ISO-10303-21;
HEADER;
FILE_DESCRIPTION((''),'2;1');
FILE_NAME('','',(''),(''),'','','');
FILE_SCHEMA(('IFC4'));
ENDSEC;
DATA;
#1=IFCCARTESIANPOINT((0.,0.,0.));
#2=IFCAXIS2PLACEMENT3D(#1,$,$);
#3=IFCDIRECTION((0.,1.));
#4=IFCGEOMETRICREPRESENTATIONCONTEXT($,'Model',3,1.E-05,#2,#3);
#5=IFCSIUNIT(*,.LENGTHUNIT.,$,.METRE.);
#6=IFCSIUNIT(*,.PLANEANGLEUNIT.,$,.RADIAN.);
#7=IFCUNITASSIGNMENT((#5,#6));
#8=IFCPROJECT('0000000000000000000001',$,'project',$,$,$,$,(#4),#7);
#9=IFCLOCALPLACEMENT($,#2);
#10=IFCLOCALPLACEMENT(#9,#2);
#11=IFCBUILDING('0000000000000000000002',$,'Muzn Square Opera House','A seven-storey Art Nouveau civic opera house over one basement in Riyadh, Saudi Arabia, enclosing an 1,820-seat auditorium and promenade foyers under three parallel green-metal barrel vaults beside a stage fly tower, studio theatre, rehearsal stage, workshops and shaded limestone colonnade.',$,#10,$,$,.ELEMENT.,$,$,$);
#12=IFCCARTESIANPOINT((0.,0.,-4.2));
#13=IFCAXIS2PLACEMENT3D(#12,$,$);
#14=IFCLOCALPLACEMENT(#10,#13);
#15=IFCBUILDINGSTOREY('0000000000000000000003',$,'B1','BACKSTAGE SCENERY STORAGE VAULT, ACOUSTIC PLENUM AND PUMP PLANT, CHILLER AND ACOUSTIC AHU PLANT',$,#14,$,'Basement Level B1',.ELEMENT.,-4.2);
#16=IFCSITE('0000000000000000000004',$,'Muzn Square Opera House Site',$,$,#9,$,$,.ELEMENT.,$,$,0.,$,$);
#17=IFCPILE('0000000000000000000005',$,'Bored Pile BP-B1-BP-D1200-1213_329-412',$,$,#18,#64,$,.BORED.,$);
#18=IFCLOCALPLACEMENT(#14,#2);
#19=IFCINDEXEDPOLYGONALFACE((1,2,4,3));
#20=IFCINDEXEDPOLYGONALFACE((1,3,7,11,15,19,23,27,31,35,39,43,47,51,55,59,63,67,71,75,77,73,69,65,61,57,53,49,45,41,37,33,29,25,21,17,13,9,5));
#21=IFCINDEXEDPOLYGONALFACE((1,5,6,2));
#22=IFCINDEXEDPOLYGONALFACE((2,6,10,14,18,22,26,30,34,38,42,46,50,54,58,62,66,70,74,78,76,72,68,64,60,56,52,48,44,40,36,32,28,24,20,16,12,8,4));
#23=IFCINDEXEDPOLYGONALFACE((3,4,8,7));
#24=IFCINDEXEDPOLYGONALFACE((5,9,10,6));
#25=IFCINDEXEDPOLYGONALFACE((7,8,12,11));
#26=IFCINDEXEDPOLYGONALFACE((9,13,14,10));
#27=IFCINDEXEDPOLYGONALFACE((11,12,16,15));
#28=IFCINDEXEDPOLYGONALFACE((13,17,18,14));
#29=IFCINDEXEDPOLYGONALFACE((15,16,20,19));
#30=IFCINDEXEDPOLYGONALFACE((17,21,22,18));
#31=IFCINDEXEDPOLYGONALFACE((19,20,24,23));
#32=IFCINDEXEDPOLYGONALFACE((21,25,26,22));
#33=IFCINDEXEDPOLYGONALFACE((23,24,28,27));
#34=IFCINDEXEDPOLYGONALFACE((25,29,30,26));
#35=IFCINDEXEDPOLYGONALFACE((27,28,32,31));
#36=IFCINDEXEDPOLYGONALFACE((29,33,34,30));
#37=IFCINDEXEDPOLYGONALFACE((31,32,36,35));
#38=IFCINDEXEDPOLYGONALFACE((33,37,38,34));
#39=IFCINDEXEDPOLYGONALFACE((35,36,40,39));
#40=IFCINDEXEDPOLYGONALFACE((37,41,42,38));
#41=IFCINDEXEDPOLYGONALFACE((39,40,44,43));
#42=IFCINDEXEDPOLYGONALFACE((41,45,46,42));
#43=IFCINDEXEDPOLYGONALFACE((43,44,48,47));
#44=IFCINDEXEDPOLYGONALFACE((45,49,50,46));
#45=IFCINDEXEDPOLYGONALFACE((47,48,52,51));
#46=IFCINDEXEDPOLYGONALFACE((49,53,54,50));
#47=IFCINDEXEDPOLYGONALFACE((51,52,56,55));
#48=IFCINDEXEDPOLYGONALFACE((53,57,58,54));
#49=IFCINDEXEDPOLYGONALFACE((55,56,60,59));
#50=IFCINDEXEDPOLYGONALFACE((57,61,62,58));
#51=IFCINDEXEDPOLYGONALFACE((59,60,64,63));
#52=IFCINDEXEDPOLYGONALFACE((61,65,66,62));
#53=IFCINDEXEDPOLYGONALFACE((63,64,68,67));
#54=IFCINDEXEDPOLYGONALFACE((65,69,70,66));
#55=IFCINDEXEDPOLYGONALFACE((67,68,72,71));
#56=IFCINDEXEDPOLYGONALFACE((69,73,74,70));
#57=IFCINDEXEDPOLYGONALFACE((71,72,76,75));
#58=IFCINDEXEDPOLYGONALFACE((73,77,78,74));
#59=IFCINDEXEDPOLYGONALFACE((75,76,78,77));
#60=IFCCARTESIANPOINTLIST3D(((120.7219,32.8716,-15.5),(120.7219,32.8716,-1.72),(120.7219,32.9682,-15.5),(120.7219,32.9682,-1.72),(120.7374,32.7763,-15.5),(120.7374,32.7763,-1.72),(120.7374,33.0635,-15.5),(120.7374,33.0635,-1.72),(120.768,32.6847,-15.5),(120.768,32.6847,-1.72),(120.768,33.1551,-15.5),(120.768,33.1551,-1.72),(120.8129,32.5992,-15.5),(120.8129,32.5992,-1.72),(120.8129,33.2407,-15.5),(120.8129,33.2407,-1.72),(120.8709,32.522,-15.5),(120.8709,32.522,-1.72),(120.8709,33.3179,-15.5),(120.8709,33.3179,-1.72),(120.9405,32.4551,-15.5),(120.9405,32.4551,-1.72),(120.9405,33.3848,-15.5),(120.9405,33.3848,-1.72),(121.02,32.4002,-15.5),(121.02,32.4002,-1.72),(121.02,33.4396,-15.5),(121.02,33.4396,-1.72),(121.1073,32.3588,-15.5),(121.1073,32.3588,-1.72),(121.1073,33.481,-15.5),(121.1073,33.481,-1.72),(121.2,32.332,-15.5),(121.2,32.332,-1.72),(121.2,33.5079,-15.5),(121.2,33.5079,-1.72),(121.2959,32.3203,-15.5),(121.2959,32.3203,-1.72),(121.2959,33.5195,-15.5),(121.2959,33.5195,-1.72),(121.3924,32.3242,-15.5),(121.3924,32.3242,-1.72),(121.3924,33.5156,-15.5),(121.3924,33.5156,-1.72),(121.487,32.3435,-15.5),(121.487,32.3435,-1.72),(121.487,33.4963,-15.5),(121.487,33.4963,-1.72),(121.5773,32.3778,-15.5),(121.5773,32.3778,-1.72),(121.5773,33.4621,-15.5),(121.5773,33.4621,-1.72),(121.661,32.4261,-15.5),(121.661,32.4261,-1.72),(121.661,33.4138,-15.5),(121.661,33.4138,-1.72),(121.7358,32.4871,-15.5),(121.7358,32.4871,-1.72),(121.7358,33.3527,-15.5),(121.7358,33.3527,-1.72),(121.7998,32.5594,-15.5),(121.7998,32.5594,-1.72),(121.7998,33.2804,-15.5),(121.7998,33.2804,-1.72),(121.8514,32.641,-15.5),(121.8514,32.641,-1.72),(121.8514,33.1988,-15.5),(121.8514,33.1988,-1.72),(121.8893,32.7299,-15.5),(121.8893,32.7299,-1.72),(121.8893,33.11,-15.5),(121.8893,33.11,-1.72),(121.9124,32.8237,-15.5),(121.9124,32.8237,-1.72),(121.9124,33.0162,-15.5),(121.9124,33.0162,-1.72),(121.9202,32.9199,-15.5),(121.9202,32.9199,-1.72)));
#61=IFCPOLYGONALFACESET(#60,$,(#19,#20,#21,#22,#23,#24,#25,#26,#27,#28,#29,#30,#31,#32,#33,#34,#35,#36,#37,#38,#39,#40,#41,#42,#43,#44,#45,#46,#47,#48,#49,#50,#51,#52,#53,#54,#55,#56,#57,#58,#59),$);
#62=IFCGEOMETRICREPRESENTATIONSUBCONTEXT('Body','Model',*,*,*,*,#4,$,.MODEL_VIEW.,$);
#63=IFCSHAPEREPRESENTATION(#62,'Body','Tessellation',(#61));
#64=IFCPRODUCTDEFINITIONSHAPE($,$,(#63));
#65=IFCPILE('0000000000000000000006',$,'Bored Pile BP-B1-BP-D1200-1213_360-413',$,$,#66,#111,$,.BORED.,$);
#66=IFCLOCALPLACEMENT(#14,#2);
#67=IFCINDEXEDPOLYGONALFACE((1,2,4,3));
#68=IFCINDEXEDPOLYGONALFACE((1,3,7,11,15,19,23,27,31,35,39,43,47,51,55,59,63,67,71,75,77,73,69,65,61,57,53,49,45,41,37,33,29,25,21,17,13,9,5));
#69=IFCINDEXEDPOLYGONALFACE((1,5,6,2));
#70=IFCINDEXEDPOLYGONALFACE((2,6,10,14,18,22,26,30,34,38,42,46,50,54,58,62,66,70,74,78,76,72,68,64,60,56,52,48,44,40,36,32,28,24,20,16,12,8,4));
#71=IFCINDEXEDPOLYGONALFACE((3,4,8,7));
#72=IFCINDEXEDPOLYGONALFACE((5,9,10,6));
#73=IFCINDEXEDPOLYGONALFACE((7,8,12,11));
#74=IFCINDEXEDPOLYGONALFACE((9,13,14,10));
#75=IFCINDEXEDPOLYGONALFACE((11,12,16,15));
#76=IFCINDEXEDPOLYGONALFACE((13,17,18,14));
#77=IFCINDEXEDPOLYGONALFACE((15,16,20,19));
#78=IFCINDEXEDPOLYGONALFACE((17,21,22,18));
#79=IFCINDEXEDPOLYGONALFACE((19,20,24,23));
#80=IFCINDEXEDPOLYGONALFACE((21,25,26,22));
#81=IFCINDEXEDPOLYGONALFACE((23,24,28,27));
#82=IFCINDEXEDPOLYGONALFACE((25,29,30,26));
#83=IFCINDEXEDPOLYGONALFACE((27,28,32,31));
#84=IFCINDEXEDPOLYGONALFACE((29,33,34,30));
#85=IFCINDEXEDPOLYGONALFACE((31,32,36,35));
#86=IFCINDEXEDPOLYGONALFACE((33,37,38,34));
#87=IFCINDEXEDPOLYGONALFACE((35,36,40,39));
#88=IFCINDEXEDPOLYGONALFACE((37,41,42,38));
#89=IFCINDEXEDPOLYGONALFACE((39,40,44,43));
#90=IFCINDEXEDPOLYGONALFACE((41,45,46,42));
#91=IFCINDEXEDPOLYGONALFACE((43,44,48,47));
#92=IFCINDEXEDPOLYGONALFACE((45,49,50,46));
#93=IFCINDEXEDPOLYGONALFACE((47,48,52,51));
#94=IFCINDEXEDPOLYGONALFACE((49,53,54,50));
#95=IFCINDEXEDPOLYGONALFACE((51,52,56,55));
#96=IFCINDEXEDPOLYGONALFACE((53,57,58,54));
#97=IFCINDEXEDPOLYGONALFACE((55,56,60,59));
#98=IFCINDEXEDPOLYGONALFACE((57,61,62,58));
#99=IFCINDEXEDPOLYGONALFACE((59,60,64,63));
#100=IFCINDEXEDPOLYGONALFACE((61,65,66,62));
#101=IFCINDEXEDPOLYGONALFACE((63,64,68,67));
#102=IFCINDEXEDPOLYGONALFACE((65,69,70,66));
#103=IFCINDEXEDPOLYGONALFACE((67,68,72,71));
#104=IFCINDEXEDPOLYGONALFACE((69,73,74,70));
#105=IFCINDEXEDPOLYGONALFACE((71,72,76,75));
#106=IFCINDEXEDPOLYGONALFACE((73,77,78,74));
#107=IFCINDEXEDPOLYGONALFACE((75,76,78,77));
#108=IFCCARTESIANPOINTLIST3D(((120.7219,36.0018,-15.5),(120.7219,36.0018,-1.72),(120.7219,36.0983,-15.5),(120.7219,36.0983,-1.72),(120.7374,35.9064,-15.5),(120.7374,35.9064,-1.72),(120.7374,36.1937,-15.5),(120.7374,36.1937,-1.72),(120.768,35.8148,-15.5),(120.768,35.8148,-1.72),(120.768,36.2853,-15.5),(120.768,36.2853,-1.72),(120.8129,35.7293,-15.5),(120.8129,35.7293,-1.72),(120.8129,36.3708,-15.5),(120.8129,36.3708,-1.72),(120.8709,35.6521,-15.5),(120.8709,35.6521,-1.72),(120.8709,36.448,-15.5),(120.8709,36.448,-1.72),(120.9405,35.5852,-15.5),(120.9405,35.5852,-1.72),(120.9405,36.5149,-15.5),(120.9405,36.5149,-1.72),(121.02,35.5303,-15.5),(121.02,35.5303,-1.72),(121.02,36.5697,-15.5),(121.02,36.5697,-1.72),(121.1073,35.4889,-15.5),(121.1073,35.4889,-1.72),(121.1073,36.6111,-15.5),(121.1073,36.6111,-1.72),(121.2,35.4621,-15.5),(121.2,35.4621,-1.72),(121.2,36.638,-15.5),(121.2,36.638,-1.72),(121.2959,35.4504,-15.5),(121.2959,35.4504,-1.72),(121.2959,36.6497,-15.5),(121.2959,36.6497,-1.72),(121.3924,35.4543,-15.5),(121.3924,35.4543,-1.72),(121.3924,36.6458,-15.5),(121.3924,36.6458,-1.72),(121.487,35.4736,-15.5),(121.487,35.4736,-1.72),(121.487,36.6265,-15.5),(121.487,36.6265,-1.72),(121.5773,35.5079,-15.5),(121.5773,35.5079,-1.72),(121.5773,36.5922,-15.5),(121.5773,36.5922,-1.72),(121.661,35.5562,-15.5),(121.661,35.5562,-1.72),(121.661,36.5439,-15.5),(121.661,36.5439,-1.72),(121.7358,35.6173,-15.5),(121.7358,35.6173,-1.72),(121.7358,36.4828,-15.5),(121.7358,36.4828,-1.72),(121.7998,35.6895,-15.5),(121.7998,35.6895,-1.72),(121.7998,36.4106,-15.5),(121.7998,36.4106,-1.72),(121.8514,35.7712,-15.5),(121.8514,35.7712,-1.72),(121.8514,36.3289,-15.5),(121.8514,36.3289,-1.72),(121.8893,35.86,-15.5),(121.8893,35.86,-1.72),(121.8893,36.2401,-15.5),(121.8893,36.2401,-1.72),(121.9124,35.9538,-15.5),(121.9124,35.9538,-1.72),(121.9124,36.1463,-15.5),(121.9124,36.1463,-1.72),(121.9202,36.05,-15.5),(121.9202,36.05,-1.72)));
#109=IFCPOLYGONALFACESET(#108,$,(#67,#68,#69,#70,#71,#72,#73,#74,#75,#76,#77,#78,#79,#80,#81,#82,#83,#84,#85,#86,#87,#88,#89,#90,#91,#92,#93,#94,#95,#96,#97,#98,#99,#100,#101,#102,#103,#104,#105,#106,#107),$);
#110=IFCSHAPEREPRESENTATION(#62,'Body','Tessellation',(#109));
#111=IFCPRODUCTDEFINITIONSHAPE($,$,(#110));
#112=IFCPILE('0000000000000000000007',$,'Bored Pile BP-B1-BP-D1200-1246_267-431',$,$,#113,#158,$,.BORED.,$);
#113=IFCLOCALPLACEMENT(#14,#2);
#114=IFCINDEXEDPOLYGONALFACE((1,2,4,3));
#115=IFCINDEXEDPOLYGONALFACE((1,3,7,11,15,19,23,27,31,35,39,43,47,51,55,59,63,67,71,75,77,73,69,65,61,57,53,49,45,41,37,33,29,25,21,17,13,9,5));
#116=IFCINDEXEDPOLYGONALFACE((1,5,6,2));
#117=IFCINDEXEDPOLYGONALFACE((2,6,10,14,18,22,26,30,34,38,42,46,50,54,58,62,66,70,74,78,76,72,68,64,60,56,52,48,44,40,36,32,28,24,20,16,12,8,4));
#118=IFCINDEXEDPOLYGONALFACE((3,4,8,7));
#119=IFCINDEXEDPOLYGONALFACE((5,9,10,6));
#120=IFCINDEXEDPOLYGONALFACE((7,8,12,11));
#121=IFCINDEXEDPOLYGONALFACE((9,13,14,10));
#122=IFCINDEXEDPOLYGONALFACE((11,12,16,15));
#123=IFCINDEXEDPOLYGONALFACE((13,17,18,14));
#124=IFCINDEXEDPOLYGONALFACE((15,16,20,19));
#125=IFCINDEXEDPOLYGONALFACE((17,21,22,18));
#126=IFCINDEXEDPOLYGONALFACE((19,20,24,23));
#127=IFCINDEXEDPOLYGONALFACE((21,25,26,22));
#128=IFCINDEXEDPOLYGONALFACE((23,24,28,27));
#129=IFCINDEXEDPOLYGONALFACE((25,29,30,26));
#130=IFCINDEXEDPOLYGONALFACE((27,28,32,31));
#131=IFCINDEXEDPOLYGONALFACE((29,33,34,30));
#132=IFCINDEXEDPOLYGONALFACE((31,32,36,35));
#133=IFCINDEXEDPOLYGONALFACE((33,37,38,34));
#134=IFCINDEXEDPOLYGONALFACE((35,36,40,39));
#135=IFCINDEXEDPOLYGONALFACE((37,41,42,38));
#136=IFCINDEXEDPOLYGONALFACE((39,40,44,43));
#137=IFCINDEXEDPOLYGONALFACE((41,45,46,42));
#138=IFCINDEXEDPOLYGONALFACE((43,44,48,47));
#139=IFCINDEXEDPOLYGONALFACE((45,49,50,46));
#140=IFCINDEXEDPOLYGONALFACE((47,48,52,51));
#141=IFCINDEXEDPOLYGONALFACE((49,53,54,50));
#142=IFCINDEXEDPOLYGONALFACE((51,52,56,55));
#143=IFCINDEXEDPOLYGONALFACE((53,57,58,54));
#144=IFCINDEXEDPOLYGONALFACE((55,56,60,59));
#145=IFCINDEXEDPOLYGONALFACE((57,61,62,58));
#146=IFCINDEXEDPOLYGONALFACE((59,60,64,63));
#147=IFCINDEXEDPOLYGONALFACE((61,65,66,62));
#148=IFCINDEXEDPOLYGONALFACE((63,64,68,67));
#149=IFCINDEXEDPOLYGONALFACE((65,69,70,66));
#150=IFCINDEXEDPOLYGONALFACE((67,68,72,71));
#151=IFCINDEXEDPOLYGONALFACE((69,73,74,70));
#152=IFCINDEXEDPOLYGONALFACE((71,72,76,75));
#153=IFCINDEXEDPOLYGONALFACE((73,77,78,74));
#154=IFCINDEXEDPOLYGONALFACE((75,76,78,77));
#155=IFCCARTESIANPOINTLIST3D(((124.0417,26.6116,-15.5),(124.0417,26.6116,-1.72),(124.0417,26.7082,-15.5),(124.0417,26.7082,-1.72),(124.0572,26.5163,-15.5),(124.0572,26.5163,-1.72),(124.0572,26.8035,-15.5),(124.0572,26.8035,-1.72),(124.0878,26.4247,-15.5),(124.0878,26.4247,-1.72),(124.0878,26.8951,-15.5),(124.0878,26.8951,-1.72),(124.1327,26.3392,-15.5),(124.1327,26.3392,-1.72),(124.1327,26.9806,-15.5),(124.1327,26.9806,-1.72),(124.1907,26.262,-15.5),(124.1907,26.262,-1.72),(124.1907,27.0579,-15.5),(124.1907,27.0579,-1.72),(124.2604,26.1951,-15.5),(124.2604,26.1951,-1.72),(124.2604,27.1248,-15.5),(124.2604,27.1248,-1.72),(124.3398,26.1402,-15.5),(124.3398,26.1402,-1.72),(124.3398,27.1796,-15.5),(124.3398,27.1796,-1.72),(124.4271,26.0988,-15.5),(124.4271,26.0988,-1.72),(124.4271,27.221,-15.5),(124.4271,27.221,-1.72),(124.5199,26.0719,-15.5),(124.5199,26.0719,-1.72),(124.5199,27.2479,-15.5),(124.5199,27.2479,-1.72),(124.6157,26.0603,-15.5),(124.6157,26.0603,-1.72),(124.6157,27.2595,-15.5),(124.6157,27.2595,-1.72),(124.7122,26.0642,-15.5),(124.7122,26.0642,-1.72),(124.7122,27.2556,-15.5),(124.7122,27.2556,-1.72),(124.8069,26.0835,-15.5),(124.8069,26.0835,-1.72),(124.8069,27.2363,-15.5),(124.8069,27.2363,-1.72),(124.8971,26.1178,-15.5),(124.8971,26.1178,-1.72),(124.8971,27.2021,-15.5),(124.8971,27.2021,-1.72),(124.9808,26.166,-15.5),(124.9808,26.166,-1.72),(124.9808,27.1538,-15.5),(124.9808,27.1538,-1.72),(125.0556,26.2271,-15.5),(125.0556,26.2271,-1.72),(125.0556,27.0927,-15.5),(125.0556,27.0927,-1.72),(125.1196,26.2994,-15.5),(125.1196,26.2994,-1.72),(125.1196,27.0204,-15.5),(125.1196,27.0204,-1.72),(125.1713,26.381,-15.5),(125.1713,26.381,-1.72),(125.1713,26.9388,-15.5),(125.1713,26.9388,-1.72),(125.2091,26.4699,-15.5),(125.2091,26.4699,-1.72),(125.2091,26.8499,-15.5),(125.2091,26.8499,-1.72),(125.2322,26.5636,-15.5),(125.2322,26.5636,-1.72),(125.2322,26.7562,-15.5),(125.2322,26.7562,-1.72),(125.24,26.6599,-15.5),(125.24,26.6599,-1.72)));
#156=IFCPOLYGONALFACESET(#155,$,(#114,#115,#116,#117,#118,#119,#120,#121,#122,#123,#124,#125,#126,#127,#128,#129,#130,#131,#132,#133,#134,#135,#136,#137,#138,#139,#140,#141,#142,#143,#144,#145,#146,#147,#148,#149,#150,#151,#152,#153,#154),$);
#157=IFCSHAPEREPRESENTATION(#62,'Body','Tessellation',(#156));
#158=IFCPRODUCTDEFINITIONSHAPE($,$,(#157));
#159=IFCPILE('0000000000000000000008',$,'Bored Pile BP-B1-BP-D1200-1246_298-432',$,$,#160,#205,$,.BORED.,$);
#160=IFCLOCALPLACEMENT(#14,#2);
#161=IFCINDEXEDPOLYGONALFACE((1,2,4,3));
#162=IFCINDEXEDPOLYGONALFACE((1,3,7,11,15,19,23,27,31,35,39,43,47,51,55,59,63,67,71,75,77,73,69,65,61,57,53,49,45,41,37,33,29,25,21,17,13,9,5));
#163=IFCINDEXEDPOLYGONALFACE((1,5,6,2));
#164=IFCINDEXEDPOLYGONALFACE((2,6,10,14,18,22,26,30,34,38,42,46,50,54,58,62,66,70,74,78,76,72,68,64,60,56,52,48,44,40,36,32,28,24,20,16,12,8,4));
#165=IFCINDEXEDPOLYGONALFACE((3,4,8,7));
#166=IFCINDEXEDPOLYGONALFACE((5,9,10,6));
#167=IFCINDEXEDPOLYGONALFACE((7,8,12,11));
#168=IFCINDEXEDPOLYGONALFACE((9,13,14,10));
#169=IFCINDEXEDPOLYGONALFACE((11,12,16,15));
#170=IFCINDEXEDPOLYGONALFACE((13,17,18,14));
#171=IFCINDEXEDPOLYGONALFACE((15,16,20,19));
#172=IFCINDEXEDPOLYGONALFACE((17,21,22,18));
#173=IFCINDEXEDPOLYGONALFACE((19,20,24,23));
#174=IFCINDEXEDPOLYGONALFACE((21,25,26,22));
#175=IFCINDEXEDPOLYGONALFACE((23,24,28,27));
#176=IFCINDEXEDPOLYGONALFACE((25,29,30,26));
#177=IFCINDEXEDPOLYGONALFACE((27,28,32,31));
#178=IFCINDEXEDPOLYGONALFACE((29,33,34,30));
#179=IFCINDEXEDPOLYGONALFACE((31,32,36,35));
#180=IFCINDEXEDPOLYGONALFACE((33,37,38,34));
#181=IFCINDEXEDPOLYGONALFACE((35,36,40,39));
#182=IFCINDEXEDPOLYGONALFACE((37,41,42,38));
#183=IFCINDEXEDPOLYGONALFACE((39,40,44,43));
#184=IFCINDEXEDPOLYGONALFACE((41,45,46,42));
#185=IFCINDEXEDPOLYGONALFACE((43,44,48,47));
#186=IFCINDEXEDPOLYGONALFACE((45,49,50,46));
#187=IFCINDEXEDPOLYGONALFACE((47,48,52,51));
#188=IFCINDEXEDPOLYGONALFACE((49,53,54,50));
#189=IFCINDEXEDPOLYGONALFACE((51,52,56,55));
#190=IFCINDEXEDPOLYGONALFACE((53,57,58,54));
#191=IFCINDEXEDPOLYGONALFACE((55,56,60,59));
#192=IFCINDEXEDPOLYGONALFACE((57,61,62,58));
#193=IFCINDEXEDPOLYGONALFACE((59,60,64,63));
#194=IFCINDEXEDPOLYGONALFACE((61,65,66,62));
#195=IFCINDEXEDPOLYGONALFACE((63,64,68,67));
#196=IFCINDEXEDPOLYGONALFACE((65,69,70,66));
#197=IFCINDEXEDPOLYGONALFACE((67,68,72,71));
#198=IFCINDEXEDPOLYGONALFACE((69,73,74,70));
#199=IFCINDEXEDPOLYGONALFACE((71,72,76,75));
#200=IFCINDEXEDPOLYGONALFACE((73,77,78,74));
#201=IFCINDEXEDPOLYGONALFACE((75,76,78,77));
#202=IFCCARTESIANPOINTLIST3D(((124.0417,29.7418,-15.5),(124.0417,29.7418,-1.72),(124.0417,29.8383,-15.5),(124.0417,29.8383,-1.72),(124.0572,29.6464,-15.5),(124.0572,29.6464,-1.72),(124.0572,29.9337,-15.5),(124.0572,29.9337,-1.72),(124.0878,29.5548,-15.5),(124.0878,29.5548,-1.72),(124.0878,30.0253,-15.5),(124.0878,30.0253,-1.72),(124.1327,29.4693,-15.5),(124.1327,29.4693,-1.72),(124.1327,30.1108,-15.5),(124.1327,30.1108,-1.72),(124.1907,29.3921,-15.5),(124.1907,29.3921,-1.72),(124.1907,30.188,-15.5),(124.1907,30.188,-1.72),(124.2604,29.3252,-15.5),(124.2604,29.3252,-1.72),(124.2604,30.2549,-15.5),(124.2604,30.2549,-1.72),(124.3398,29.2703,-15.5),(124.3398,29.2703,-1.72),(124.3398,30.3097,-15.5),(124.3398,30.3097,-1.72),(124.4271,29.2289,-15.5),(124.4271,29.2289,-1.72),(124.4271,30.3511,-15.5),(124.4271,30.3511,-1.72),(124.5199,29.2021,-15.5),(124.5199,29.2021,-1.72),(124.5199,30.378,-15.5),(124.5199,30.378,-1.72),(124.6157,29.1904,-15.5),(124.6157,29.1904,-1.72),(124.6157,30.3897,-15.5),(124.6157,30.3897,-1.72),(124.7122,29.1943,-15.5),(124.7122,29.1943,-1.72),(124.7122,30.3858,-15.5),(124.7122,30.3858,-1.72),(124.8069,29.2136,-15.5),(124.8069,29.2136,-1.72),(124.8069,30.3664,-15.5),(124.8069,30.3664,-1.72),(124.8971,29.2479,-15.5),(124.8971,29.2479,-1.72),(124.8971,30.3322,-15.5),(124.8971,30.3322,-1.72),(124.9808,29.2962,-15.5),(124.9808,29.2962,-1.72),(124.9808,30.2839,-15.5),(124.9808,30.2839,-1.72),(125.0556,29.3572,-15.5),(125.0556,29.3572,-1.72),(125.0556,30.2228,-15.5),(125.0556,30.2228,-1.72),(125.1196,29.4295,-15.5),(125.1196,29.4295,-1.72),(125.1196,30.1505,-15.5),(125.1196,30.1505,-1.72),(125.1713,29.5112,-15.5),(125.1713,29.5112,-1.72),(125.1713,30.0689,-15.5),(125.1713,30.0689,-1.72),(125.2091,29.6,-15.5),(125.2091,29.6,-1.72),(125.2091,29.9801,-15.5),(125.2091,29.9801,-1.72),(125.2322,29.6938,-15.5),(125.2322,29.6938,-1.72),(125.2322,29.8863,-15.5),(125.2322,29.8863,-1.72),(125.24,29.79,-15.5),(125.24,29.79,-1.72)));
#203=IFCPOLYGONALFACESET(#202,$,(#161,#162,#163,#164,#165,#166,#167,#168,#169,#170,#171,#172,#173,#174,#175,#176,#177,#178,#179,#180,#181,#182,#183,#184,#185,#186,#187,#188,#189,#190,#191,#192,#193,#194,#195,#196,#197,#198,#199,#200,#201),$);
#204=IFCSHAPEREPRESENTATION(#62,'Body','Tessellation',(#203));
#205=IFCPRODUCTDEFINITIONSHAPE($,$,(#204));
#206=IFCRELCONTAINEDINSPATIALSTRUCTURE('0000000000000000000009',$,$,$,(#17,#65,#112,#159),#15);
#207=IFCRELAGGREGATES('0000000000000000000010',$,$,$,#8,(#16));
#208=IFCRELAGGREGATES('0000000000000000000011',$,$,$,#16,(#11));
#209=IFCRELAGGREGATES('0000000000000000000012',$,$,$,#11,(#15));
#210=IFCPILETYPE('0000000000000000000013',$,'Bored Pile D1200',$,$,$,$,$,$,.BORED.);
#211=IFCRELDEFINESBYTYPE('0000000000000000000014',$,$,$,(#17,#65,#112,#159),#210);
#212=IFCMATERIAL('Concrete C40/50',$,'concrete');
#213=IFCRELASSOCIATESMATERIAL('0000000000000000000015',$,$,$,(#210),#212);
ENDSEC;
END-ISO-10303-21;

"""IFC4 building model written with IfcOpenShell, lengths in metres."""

from ifc_helpers import new_model, si_unit, direction, frame, origin, origin_2d, place, context, subcontext, project, spatial, circle, extrude, material, material_profile, profile_set, type_object, element, save


model = new_model("IFC4")

# Units and contexts
model_context = context("Model", 3, precision=1e-05, world=origin(), true_north=direction((0.0, 1.0)))
body_context = subcontext(model_context, "Body", "Model", "MODEL_VIEW")
ifc_project = project(units=[si_unit("LENGTHUNIT", "METRE"), si_unit("PLANEANGLEUNIT", "RADIAN")], contexts=[model_context])

# Site, building, storey
site_placement = place(None, origin())
site = spatial("IfcSite", under=ifc_project, at=site_placement, Name="Muzn Square Opera House Site", CompositionType="ELEMENT", RefElevation=0.0)
building_placement = place(site_placement, origin())
building = spatial("IfcBuilding", under=site, at=building_placement, Name="Muzn Square Opera House", Description="A seven-storey Art Nouveau civic opera house over one basement in Riyadh, Saudi Arabia, enclosing an 1,820-seat auditorium and promenade foyers under three parallel green-metal barrel vaults beside a stage fly tower, studio theatre, rehearsal stage, workshops and shaded limestone colonnade.", CompositionType="ELEMENT")
storey_placement = place(building_placement, frame((0.0, 0.0, -4.2)))
storey = spatial("IfcBuildingStorey", under=building, at=storey_placement, Name="B1", Description="BACKSTAGE SCENERY STORAGE VAULT, ACOUSTIC PLENUM AND PUMP PLANT, CHILLER AND ACOUSTIC AHU PLANT", LongName="Basement Level B1", CompositionType="ELEMENT", Elevation=-4.2)

# Piles
ifc_material_1 = material(Name="Concrete C40/50", Category="concrete")
ifc_material_profile_1 = material_profile(ifc_material_1, circle(Radius=0.6001, at=origin_2d()), Name="BORED PILE D1200", Category="concrete")
ifc_profile_set_1 = profile_set([ifc_material_profile_1], Name="Concrete C40/50")
pile_type = type_object("IfcPileType", Name="Bored Pile D1200", PredefinedType="BORED", material=ifc_profile_set_1)
for number, where, z_axis, x_axis, name in (
    (1, (121.3201, 32.9199, -1.72), (0.0, 0.0, -1.0), (1.0, 0.0, 0.0), "Bored Pile BP-B1-BP-D1200-1213_329-412"),
    (2, (121.3201, 36.05, -1.72), (0.0, 0.0, -1.0), (1.0, 0.0, 0.0), "Bored Pile BP-B1-BP-D1200-1213_360-413"),
    (3, (124.6399, 26.6599, -1.72), (0.0, 0.0, -1.0), (1.0, 0.0, 0.0), "Bored Pile BP-B1-BP-D1200-1246_267-431"),
    (4, (124.6399, 29.79, -1.72), (0.0, 0.0, -1.0), (1.0, 0.0, 0.0), "Bored Pile BP-B1-BP-D1200-1246_298-432"),
):
    element("IfcPile", number, at=place(storey_placement, frame(where, z_axis=z_axis, x_axis=x_axis)), inside=storey, type_object=pile_type, Name=name, PredefinedType="BORED", context=body_context, shape_type="SweptSolid", body=[
        extrude(circle(Radius=0.6001, at=origin_2d()), origin(), (0.0, 0.0, 1.0), 13.78),
    ])

save(model, "model.ifc")
